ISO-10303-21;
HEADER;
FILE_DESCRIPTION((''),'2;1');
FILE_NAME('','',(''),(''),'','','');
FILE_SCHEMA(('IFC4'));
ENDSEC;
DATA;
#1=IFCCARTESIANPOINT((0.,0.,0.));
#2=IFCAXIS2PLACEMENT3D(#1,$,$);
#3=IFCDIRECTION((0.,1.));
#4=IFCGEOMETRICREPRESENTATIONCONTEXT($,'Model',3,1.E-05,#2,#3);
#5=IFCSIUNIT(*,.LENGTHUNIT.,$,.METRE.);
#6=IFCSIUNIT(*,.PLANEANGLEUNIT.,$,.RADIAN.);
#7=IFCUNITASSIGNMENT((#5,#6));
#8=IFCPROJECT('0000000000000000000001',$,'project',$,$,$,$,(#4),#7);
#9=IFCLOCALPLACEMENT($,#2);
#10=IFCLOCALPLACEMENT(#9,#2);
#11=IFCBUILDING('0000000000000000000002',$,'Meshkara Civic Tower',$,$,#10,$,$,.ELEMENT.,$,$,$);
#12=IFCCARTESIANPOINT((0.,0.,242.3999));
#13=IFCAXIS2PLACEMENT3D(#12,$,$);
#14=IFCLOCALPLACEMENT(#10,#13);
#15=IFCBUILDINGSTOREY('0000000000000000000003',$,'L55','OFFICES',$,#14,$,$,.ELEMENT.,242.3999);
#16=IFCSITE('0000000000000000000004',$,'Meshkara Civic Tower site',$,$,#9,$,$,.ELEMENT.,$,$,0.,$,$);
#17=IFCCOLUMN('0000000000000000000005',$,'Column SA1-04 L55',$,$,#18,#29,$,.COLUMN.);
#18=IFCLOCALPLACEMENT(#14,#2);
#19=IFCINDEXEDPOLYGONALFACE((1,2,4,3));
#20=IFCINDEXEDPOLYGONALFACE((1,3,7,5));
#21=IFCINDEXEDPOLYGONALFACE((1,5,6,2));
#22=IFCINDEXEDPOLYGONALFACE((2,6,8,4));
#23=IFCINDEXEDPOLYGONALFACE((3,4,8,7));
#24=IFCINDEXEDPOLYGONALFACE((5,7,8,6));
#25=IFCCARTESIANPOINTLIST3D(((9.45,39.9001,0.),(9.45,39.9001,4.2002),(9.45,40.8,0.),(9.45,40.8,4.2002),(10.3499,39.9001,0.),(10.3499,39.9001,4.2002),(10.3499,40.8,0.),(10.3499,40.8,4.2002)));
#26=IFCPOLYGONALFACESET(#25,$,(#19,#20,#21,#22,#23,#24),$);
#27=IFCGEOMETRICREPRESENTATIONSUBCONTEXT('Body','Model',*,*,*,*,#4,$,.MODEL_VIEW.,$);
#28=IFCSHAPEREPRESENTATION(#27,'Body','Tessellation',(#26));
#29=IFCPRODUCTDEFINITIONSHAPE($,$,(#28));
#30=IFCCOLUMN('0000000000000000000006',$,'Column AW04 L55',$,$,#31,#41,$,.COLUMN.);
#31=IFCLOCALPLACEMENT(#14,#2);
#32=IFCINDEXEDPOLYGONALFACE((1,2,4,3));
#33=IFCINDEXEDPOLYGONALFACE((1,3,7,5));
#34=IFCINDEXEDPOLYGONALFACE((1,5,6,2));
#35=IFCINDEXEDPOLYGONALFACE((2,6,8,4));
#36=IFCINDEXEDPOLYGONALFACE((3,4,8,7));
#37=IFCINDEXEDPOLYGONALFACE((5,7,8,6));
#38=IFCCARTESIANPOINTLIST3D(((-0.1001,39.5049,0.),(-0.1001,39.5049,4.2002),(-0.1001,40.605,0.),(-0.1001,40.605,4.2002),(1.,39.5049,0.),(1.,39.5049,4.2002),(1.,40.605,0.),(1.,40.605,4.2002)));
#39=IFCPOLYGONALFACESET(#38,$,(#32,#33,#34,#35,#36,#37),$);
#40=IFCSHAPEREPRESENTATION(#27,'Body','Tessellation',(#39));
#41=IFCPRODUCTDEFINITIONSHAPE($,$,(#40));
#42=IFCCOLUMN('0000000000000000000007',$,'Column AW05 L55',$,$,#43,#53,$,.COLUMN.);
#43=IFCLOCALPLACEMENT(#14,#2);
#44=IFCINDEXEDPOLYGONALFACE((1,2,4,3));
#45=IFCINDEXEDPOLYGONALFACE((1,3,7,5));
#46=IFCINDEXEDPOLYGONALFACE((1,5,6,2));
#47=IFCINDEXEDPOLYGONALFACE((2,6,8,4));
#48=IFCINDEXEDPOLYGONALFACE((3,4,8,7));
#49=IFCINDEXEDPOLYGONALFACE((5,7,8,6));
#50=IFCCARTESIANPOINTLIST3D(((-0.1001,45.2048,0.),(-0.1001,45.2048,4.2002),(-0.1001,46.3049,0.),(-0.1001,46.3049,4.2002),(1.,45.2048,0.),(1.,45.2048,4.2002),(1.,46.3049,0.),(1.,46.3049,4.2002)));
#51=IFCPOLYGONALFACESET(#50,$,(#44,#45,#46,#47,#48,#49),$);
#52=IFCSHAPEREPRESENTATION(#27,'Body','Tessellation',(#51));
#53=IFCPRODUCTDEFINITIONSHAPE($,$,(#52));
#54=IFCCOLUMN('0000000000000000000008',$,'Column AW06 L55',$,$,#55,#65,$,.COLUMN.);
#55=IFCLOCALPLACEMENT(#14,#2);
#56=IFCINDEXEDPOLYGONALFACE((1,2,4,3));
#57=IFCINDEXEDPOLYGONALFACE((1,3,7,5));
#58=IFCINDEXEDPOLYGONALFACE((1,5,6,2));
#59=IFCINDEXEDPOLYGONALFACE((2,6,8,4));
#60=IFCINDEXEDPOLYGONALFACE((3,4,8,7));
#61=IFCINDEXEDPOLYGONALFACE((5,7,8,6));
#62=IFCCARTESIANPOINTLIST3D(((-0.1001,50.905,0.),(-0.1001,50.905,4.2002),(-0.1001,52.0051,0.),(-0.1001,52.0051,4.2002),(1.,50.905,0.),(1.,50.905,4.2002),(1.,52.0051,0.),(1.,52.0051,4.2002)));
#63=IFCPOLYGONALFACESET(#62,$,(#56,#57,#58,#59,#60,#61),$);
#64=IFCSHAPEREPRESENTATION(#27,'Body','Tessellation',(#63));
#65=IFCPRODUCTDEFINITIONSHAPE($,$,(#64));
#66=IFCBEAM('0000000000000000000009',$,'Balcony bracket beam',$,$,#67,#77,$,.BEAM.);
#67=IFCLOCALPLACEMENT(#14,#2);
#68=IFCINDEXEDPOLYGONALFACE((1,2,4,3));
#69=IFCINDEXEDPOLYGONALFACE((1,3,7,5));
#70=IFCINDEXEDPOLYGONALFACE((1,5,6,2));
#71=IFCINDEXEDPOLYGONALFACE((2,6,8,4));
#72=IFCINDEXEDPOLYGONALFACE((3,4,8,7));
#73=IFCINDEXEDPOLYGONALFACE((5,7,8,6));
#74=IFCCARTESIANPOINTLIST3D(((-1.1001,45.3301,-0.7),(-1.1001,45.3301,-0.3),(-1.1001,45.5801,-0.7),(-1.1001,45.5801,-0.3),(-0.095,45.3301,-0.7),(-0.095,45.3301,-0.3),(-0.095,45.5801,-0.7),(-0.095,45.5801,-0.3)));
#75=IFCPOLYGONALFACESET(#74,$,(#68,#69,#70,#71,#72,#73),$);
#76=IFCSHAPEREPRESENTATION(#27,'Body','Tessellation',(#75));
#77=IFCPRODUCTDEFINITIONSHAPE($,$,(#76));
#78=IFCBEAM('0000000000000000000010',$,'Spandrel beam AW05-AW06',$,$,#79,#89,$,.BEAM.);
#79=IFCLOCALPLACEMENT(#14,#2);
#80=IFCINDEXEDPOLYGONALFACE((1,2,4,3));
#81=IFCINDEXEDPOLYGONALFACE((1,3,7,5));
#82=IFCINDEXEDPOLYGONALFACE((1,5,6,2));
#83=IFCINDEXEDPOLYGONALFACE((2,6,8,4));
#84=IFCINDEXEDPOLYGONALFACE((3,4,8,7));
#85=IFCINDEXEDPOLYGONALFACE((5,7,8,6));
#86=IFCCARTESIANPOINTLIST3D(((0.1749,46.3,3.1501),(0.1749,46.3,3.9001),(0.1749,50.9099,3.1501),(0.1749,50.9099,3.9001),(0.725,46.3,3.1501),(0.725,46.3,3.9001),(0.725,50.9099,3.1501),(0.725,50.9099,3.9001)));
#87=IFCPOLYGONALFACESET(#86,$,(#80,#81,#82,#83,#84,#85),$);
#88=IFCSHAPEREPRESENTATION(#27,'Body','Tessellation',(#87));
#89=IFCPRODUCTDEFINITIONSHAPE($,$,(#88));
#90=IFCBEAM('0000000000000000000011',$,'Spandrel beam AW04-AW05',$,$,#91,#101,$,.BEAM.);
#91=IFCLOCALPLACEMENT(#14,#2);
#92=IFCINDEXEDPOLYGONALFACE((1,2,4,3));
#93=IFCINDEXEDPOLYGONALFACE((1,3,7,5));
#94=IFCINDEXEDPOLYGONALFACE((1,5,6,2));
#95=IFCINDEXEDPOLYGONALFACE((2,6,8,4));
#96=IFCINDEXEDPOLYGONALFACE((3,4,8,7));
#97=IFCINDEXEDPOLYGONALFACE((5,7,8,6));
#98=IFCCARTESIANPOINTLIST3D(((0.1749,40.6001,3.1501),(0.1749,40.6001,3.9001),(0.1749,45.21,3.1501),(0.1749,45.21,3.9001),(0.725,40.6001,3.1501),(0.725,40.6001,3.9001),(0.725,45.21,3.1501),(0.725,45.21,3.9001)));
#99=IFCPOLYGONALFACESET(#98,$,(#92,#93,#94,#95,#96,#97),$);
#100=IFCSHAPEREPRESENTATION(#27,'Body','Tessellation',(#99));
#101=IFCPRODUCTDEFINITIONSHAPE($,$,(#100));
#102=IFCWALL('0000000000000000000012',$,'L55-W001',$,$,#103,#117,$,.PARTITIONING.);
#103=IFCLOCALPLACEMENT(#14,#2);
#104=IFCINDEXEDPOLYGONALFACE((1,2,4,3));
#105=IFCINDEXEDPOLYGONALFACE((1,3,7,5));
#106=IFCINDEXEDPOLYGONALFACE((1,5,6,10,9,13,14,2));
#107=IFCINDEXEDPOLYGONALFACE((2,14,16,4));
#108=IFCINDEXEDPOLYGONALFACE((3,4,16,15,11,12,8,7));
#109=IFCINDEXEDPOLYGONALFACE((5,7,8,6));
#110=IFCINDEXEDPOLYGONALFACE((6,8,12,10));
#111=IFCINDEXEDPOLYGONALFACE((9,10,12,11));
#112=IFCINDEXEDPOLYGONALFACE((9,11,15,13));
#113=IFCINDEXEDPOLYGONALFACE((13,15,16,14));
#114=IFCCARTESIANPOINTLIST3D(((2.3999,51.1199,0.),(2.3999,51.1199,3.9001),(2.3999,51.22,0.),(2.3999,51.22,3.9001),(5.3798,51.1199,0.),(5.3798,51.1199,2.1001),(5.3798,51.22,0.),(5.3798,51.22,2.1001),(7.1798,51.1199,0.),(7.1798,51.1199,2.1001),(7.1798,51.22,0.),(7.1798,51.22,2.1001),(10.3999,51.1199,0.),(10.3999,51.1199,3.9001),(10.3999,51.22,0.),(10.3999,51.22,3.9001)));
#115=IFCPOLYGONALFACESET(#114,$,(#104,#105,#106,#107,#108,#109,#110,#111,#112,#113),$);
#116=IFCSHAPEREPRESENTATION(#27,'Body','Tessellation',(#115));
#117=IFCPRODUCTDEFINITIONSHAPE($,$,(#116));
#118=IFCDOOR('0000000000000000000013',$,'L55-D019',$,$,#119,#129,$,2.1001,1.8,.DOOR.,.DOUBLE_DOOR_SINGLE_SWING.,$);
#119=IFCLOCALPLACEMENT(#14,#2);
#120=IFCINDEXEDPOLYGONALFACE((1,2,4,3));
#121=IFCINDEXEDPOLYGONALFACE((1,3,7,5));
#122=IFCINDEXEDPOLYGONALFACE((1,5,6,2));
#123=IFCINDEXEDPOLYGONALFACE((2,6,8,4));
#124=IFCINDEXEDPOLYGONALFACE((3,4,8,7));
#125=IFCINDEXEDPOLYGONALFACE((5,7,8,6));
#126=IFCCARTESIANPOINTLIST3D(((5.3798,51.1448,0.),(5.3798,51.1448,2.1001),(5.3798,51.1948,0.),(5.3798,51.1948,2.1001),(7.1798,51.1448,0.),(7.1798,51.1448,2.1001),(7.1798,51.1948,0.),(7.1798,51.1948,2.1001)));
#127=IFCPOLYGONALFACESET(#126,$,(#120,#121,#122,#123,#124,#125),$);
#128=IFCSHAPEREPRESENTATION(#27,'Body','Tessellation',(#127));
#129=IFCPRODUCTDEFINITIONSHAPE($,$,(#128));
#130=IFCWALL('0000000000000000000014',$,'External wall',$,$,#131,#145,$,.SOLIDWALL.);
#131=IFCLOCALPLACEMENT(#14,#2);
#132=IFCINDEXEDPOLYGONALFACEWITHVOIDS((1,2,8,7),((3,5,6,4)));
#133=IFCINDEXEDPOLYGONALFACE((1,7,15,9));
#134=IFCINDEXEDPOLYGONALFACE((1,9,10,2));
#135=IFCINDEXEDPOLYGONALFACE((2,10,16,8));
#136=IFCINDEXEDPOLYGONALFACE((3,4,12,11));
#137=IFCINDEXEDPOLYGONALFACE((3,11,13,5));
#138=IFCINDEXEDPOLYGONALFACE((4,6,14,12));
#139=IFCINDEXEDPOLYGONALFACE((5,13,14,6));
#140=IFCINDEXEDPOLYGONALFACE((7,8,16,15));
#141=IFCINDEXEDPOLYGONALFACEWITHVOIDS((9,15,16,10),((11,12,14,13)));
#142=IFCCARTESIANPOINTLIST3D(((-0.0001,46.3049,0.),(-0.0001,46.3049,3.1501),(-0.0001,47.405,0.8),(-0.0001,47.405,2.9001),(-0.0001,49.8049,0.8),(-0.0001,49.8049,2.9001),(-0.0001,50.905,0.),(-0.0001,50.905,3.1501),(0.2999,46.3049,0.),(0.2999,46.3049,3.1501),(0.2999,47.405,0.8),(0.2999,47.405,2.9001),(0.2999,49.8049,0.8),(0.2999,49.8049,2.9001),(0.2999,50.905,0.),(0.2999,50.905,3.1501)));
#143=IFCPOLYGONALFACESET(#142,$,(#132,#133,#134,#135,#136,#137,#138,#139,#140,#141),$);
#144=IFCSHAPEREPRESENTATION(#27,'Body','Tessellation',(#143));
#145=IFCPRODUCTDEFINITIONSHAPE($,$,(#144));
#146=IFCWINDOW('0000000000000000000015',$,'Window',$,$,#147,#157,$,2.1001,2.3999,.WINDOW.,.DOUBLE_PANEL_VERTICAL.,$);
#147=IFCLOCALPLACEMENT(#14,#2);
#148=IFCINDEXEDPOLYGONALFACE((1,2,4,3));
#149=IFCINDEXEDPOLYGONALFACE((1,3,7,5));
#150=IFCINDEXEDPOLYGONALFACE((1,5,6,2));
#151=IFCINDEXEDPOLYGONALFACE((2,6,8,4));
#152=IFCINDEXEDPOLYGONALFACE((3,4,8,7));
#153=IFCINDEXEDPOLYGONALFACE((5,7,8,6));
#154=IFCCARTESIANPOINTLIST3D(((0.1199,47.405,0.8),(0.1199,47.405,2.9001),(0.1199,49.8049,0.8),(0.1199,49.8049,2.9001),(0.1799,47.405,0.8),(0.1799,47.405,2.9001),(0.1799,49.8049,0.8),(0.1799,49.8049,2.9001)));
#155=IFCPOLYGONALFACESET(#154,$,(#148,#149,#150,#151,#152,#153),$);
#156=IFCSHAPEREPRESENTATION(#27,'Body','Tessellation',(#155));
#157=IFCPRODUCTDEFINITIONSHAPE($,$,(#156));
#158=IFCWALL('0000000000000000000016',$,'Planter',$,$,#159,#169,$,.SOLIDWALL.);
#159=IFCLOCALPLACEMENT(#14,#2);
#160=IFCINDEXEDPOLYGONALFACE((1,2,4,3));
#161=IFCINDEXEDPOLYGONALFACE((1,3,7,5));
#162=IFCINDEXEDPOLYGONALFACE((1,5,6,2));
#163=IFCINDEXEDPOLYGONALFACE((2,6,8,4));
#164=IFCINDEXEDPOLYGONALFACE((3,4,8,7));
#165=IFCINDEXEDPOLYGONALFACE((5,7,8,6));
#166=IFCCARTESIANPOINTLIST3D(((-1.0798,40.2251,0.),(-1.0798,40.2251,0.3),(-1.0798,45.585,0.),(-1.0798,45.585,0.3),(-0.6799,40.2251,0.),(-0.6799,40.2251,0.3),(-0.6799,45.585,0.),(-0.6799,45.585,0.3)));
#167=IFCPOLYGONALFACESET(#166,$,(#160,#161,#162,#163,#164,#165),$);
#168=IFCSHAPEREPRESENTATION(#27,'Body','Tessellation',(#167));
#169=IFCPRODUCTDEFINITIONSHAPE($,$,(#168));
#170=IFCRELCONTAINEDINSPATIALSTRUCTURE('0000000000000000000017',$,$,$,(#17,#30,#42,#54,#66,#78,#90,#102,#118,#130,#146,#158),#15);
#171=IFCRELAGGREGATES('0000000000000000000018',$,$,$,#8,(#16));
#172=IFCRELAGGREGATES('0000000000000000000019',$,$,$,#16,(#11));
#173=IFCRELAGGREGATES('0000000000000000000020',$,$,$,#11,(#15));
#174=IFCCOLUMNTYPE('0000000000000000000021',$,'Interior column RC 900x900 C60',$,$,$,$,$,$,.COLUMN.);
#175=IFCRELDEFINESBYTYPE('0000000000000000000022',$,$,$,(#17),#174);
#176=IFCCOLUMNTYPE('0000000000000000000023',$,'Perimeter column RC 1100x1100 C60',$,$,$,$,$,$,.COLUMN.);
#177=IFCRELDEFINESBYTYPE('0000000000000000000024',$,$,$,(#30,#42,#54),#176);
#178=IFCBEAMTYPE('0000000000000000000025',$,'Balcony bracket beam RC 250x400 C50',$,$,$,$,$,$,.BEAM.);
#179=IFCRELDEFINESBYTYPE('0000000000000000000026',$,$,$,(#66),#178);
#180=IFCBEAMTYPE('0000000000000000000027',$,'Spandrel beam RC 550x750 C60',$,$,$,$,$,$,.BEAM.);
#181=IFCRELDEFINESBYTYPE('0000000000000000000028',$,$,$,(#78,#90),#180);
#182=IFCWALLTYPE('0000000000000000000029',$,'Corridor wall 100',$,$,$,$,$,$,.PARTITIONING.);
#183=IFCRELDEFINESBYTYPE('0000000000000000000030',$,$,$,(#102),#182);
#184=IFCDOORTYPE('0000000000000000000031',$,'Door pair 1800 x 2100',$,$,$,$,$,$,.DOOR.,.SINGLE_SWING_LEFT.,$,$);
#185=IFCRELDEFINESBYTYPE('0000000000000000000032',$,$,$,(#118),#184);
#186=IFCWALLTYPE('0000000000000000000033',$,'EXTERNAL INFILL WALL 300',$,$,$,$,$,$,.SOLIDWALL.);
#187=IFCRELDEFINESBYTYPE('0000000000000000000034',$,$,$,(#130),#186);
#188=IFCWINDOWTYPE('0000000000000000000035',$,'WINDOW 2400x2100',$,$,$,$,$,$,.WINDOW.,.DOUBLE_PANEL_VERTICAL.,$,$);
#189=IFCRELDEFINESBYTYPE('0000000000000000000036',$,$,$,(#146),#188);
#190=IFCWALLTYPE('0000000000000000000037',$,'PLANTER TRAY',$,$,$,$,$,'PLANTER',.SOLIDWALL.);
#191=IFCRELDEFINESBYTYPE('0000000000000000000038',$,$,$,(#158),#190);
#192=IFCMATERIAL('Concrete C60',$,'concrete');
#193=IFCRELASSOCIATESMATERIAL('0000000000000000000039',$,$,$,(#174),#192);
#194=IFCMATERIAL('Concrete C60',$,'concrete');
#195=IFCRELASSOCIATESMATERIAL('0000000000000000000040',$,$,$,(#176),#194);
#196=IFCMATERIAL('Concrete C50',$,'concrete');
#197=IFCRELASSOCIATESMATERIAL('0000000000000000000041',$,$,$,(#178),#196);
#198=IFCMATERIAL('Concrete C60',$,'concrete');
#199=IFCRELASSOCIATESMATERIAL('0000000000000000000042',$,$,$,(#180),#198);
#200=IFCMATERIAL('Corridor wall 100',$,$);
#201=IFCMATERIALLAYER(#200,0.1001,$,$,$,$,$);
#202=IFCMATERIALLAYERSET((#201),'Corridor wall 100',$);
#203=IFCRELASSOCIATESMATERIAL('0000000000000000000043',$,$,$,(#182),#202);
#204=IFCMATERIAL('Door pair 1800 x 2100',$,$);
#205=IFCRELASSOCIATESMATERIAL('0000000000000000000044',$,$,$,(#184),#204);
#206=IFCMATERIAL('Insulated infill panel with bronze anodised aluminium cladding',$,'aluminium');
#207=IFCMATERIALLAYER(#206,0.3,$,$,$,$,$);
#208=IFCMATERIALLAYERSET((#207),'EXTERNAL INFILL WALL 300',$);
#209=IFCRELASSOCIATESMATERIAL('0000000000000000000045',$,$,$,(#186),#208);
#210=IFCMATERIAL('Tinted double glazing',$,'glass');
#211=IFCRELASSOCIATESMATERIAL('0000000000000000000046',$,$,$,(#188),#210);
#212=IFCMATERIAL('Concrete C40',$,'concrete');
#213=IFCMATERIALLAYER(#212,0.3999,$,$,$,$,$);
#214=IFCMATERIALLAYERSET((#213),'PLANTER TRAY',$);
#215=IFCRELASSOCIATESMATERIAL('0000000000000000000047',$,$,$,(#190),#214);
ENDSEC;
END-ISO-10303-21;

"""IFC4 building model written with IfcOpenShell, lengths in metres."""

from ifc_helpers import new_model, si_unit, direction, frame, frame_2d, origin, origin_2d, place, context, subcontext, project, spatial, rectangle, extrude, material, layer, layer_set, material_profile, profile_set, type_object, element, fill, save


model = new_model("IFC4")

# Units and contexts
model_context = context("Model", 3, precision=1e-05, world=origin(), true_north=direction((0.0, 1.0)))
body_context = subcontext(model_context, "Body", "Model", "MODEL_VIEW")
ifc_project = project(units=[si_unit("LENGTHUNIT", "METRE"), si_unit("PLANEANGLEUNIT", "RADIAN")], contexts=[model_context])

# Site, building, storey
site_placement = place(None, origin())
site = spatial("IfcSite", under=ifc_project, at=site_placement, Name="Meshkara Civic Tower site", CompositionType="ELEMENT", RefElevation=0.0)
building_placement = place(site_placement, origin())
building = spatial("IfcBuilding", under=site, at=building_placement, Name="Meshkara Civic Tower", CompositionType="ELEMENT")
storey_placement = place(building_placement, frame((0.0, 0.0, 242.3999)))
storey = spatial("IfcBuildingStorey", under=building, at=storey_placement, Name="L55", Description="OFFICES", CompositionType="ELEMENT", Elevation=242.3999)

# Columns
ifc_material_1 = material(Name="Concrete C60", Category="concrete")
ifc_material_profile_1 = material_profile(ifc_material_1, rectangle(XDim=0.8999, YDim=0.8999, at=origin_2d()))
ifc_profile_set_1 = profile_set([ifc_material_profile_1], Name="Concrete C60")
column_type_1 = type_object("IfcColumnType", Name="Interior column RC 900x900 C60", PredefinedType="COLUMN", material=ifc_profile_set_1)
column_placement = place(storey_placement, frame((9.8999, 40.3501, 0.0), z_axis=(0.0, 0.0, 1.0), x_axis=(1.0, 0.0, 0.0)))
element("IfcColumn", 1, at=column_placement, inside=storey, type_object=column_type_1, Name="Column SA1-04 L55", PredefinedType="COLUMN", context=body_context, shape_type="SweptSolid", body=[
    extrude(rectangle(XDim=0.8999, YDim=0.8999, at=origin_2d()), origin(), (0.0, 0.0, 1.0), 4.2002),
])
ifc_material_2 = material(Name="Concrete C60", Category="concrete")
ifc_material_profile_2 = material_profile(ifc_material_2, rectangle(XDim=1.1001, YDim=1.1001, at=origin_2d()))
ifc_profile_set_2 = profile_set([ifc_material_profile_2], Name="Concrete C60")
column_type_2 = type_object("IfcColumnType", Name="Perimeter column RC 1100x1100 C60", PredefinedType="COLUMN", material=ifc_profile_set_2)
for number, where, z_axis, x_axis, name in (
    (2, (0.45, 40.0549, 0.0), (0.0, 0.0, 1.0), (1.0, 0.0, 0.0), "Column AW04 L55"),
    (3, (0.45, 45.7549, 0.0), (0.0, 0.0, 1.0), (1.0, 0.0, 0.0), "Column AW05 L55"),
    (4, (0.45, 51.4551, 0.0), (0.0, 0.0, 1.0), (1.0, 0.0, 0.0), "Column AW06 L55"),
):
    element("IfcColumn", number, at=place(storey_placement, frame(where, z_axis=z_axis, x_axis=x_axis)), inside=storey, type_object=column_type_2, Name=name, PredefinedType="COLUMN", context=body_context, shape_type="SweptSolid", body=[
        extrude(rectangle(XDim=1.1001, YDim=1.1001, at=origin_2d()), origin(), (0.0, 0.0, 1.0), 4.2002),
    ])

# Beams
ifc_material_3 = material(Name="Concrete C50", Category="concrete")
ifc_material_profile_3 = material_profile(ifc_material_3, rectangle(XDim=0.25, YDim=0.3999, at=origin_2d()))
ifc_profile_set_3 = profile_set([ifc_material_profile_3], Name="Concrete C50")
beam_type_1 = type_object("IfcBeamType", Name="Balcony bracket beam RC 250x400 C50", PredefinedType="BEAM", material=ifc_profile_set_3)
beam_placement = place(storey_placement, frame((-0.095, 45.4551, -0.5), z_axis=(-1.0, 0.0, 0.0), x_axis=(0.0, -1.0, 0.0)))
element("IfcBeam", 5, at=beam_placement, inside=storey, type_object=beam_type_1, Name="Balcony bracket beam", PredefinedType="BEAM", context=body_context, shape_type="SweptSolid", body=[
    extrude(rectangle(XDim=0.25, YDim=0.3999, at=origin_2d()), origin(), (0.0, 0.0, 1.0), 1.0051),
])
ifc_material_4 = material(Name="Concrete C60", Category="concrete")
ifc_material_profile_4 = material_profile(ifc_material_4, rectangle(XDim=0.55, YDim=0.75, at=origin_2d()))
ifc_profile_set_4 = profile_set([ifc_material_profile_4], Name="Concrete C60")
beam_type_2 = type_object("IfcBeamType", Name="Spandrel beam RC 550x750 C60", PredefinedType="BEAM", material=ifc_profile_set_4)
for number, where, z_axis, x_axis, name in (
    (6, (0.45, 50.9099, 3.5251), (0.0, -1.0, 0.0), (1.0, 0.0, 0.0), "Spandrel beam AW05-AW06"),
    (7, (0.45, 45.21, 3.5251), (0.0, -1.0, 0.0), (1.0, 0.0, 0.0), "Spandrel beam AW04-AW05"),
):
    element("IfcBeam", number, at=place(storey_placement, frame(where, z_axis=z_axis, x_axis=x_axis)), inside=storey, type_object=beam_type_2, Name=name, PredefinedType="BEAM", context=body_context, shape_type="SweptSolid", body=[
        extrude(rectangle(XDim=0.55, YDim=0.75, at=origin_2d()), origin(), (0.0, 0.0, 1.0), 4.6099),
    ])

# Wall, opening, door
ifc_material_5 = material(Name="Corridor wall 100")
ifc_layer_1 = layer(ifc_material_5, 0.1001)
ifc_layer_set_1 = layer_set([ifc_layer_1], Name="Corridor wall 100")
wall_type_1 = type_object("IfcWallType", Name="Corridor wall 100", PredefinedType="PARTITIONING", material=ifc_layer_set_1)
wall_1_placement = place(storey_placement, frame((2.3999, 51.1699, 0.0), z_axis=(0.0, 0.0, 1.0), x_axis=(1.0, 0.0, 0.0)))
wall_1 = element("IfcWall", 8, at=wall_1_placement, inside=storey, type_object=wall_type_1, Name="L55-W001", PredefinedType="PARTITIONING", context=body_context, shape_type="SweptSolid", body=[
    extrude(rectangle(XDim=8.0, YDim=0.1001, at=frame_2d((4.0, 0.0))), origin(), (0.0, 0.0, 1.0), 3.9001),
])
opening_1_placement = place(wall_1_placement, frame((2.98, 0.0, 0.0)))
opening_1 = element("IfcOpeningElement", 9, at=opening_1_placement, cuts=wall_1, PredefinedType="OPENING", context=body_context, shape_type="SweptSolid", body=[
    extrude(rectangle(XDim=1.8, YDim=2.1001, at=frame_2d((0.8999, 1.05))), frame((0.0, 0.0601, 0.0), z_axis=(0.0, -1.0, 0.0), x_axis=(1.0, 0.0, 0.0)), (0.0, 0.0, 1.0), 0.1201),
])
ifc_material_6 = material(Name="Door pair 1800 x 2100")
door_type_1 = type_object("IfcDoorType", Name="Door pair 1800 x 2100", OperationType="SINGLE_SWING_LEFT", PredefinedType="DOOR", material=ifc_material_6)
door_1_placement = place(opening_1_placement, origin())
door_1 = element("IfcDoor", 10, at=door_1_placement, inside=storey, type_object=door_type_1, Name="L55-D019", OperationType="DOUBLE_DOOR_SINGLE_SWING", OverallHeight=2.1001, OverallWidth=1.8, PredefinedType="DOOR", context=body_context, shape_type="SweptSolid", body=[
    extrude(rectangle(XDim=1.8, YDim=2.1001, at=frame_2d((0.8999, 1.05))), frame((0.0, 0.0249, 0.0), z_axis=(0.0, -1.0, 0.0), x_axis=(1.0, 0.0, 0.0)), (0.0, 0.0, 1.0), 0.05),
])
fill(opening_1, door_1)

# Wall, opening, window
ifc_material_7 = material(Name="Insulated infill panel with bronze anodised aluminium cladding", Category="aluminium")
ifc_layer_2 = layer(ifc_material_7, 0.3)
ifc_layer_set_2 = layer_set([ifc_layer_2], Name="EXTERNAL INFILL WALL 300")
wall_type_2 = type_object("IfcWallType", Name="EXTERNAL INFILL WALL 300", PredefinedType="SOLIDWALL", material=ifc_layer_set_2)
wall_2_placement = place(storey_placement, frame((0.1499, 50.905, 0.0), z_axis=(0.0, 0.0, 1.0), x_axis=(0.0, -1.0, 0.0)))
wall_2 = element("IfcWall", 11, at=wall_2_placement, inside=storey, type_object=wall_type_2, Name="External wall", PredefinedType="SOLIDWALL", context=body_context, shape_type="SweptSolid", body=[
    extrude(rectangle(XDim=4.6001, YDim=0.3, at=frame_2d((2.3, 0.0))), origin(), (0.0, 0.0, 1.0), 3.1501),
])
opening_2_placement = place(wall_2_placement, frame((1.1001, 0.0, 0.8)))
opening_2 = element("IfcOpeningElement", 12, at=opening_2_placement, cuts=wall_2, PredefinedType="OPENING", context=body_context, shape_type="SweptSolid", body=[
    extrude(rectangle(XDim=2.3999, YDim=2.1001, at=frame_2d((1.2, 1.05))), frame((0.0, 0.1599, 0.0), z_axis=(0.0, -1.0, 0.0), x_axis=(1.0, 0.0, 0.0)), (0.0, 0.0, 1.0), 0.3201),
])
ifc_material_8 = material(Name="Tinted double glazing", Category="glass")
window_type = type_object("IfcWindowType", Name="WINDOW 2400x2100", PartitioningType="DOUBLE_PANEL_VERTICAL", PredefinedType="WINDOW", material=ifc_material_8)
window_placement = place(opening_2_placement, origin())
window = element("IfcWindow", 13, at=window_placement, inside=storey, type_object=window_type, Name="Window", OverallHeight=2.1001, OverallWidth=2.3999, PartitioningType="DOUBLE_PANEL_VERTICAL", PredefinedType="WINDOW", context=body_context, shape_type="SweptSolid", body=[
    extrude(rectangle(XDim=2.3999, YDim=2.1001, at=frame_2d((1.2, 1.05))), frame((0.0, 0.03, 0.0), z_axis=(0.0, -1.0, 0.0), x_axis=(1.0, 0.0, 0.0)), (0.0, 0.0, 1.0), 0.0601),
])
fill(opening_2, window)

# Wall
ifc_material_9 = material(Name="Concrete C40", Category="concrete")
ifc_layer_3 = layer(ifc_material_9, 0.3999)
ifc_layer_set_3 = layer_set([ifc_layer_3], Name="PLANTER TRAY")
wall_type_3 = type_object("IfcWallType", Name="PLANTER TRAY", ElementType="PLANTER", PredefinedType="SOLIDWALL", material=ifc_layer_set_3)
wall_3_placement = place(storey_placement, frame((-0.8799, 45.585, 0.0), z_axis=(0.0, 0.0, 1.0), x_axis=(0.0, -1.0, 0.0)))
element("IfcWall", 14, at=wall_3_placement, inside=storey, type_object=wall_type_3, Name="Planter", PredefinedType="SOLIDWALL", context=body_context, shape_type="SweptSolid", body=[
    extrude(rectangle(XDim=5.3599, YDim=0.3999, at=frame_2d((2.6799, 0.0))), origin(), (0.0, 0.0, 1.0), 0.3),
])

save(model, "model.ifc")
